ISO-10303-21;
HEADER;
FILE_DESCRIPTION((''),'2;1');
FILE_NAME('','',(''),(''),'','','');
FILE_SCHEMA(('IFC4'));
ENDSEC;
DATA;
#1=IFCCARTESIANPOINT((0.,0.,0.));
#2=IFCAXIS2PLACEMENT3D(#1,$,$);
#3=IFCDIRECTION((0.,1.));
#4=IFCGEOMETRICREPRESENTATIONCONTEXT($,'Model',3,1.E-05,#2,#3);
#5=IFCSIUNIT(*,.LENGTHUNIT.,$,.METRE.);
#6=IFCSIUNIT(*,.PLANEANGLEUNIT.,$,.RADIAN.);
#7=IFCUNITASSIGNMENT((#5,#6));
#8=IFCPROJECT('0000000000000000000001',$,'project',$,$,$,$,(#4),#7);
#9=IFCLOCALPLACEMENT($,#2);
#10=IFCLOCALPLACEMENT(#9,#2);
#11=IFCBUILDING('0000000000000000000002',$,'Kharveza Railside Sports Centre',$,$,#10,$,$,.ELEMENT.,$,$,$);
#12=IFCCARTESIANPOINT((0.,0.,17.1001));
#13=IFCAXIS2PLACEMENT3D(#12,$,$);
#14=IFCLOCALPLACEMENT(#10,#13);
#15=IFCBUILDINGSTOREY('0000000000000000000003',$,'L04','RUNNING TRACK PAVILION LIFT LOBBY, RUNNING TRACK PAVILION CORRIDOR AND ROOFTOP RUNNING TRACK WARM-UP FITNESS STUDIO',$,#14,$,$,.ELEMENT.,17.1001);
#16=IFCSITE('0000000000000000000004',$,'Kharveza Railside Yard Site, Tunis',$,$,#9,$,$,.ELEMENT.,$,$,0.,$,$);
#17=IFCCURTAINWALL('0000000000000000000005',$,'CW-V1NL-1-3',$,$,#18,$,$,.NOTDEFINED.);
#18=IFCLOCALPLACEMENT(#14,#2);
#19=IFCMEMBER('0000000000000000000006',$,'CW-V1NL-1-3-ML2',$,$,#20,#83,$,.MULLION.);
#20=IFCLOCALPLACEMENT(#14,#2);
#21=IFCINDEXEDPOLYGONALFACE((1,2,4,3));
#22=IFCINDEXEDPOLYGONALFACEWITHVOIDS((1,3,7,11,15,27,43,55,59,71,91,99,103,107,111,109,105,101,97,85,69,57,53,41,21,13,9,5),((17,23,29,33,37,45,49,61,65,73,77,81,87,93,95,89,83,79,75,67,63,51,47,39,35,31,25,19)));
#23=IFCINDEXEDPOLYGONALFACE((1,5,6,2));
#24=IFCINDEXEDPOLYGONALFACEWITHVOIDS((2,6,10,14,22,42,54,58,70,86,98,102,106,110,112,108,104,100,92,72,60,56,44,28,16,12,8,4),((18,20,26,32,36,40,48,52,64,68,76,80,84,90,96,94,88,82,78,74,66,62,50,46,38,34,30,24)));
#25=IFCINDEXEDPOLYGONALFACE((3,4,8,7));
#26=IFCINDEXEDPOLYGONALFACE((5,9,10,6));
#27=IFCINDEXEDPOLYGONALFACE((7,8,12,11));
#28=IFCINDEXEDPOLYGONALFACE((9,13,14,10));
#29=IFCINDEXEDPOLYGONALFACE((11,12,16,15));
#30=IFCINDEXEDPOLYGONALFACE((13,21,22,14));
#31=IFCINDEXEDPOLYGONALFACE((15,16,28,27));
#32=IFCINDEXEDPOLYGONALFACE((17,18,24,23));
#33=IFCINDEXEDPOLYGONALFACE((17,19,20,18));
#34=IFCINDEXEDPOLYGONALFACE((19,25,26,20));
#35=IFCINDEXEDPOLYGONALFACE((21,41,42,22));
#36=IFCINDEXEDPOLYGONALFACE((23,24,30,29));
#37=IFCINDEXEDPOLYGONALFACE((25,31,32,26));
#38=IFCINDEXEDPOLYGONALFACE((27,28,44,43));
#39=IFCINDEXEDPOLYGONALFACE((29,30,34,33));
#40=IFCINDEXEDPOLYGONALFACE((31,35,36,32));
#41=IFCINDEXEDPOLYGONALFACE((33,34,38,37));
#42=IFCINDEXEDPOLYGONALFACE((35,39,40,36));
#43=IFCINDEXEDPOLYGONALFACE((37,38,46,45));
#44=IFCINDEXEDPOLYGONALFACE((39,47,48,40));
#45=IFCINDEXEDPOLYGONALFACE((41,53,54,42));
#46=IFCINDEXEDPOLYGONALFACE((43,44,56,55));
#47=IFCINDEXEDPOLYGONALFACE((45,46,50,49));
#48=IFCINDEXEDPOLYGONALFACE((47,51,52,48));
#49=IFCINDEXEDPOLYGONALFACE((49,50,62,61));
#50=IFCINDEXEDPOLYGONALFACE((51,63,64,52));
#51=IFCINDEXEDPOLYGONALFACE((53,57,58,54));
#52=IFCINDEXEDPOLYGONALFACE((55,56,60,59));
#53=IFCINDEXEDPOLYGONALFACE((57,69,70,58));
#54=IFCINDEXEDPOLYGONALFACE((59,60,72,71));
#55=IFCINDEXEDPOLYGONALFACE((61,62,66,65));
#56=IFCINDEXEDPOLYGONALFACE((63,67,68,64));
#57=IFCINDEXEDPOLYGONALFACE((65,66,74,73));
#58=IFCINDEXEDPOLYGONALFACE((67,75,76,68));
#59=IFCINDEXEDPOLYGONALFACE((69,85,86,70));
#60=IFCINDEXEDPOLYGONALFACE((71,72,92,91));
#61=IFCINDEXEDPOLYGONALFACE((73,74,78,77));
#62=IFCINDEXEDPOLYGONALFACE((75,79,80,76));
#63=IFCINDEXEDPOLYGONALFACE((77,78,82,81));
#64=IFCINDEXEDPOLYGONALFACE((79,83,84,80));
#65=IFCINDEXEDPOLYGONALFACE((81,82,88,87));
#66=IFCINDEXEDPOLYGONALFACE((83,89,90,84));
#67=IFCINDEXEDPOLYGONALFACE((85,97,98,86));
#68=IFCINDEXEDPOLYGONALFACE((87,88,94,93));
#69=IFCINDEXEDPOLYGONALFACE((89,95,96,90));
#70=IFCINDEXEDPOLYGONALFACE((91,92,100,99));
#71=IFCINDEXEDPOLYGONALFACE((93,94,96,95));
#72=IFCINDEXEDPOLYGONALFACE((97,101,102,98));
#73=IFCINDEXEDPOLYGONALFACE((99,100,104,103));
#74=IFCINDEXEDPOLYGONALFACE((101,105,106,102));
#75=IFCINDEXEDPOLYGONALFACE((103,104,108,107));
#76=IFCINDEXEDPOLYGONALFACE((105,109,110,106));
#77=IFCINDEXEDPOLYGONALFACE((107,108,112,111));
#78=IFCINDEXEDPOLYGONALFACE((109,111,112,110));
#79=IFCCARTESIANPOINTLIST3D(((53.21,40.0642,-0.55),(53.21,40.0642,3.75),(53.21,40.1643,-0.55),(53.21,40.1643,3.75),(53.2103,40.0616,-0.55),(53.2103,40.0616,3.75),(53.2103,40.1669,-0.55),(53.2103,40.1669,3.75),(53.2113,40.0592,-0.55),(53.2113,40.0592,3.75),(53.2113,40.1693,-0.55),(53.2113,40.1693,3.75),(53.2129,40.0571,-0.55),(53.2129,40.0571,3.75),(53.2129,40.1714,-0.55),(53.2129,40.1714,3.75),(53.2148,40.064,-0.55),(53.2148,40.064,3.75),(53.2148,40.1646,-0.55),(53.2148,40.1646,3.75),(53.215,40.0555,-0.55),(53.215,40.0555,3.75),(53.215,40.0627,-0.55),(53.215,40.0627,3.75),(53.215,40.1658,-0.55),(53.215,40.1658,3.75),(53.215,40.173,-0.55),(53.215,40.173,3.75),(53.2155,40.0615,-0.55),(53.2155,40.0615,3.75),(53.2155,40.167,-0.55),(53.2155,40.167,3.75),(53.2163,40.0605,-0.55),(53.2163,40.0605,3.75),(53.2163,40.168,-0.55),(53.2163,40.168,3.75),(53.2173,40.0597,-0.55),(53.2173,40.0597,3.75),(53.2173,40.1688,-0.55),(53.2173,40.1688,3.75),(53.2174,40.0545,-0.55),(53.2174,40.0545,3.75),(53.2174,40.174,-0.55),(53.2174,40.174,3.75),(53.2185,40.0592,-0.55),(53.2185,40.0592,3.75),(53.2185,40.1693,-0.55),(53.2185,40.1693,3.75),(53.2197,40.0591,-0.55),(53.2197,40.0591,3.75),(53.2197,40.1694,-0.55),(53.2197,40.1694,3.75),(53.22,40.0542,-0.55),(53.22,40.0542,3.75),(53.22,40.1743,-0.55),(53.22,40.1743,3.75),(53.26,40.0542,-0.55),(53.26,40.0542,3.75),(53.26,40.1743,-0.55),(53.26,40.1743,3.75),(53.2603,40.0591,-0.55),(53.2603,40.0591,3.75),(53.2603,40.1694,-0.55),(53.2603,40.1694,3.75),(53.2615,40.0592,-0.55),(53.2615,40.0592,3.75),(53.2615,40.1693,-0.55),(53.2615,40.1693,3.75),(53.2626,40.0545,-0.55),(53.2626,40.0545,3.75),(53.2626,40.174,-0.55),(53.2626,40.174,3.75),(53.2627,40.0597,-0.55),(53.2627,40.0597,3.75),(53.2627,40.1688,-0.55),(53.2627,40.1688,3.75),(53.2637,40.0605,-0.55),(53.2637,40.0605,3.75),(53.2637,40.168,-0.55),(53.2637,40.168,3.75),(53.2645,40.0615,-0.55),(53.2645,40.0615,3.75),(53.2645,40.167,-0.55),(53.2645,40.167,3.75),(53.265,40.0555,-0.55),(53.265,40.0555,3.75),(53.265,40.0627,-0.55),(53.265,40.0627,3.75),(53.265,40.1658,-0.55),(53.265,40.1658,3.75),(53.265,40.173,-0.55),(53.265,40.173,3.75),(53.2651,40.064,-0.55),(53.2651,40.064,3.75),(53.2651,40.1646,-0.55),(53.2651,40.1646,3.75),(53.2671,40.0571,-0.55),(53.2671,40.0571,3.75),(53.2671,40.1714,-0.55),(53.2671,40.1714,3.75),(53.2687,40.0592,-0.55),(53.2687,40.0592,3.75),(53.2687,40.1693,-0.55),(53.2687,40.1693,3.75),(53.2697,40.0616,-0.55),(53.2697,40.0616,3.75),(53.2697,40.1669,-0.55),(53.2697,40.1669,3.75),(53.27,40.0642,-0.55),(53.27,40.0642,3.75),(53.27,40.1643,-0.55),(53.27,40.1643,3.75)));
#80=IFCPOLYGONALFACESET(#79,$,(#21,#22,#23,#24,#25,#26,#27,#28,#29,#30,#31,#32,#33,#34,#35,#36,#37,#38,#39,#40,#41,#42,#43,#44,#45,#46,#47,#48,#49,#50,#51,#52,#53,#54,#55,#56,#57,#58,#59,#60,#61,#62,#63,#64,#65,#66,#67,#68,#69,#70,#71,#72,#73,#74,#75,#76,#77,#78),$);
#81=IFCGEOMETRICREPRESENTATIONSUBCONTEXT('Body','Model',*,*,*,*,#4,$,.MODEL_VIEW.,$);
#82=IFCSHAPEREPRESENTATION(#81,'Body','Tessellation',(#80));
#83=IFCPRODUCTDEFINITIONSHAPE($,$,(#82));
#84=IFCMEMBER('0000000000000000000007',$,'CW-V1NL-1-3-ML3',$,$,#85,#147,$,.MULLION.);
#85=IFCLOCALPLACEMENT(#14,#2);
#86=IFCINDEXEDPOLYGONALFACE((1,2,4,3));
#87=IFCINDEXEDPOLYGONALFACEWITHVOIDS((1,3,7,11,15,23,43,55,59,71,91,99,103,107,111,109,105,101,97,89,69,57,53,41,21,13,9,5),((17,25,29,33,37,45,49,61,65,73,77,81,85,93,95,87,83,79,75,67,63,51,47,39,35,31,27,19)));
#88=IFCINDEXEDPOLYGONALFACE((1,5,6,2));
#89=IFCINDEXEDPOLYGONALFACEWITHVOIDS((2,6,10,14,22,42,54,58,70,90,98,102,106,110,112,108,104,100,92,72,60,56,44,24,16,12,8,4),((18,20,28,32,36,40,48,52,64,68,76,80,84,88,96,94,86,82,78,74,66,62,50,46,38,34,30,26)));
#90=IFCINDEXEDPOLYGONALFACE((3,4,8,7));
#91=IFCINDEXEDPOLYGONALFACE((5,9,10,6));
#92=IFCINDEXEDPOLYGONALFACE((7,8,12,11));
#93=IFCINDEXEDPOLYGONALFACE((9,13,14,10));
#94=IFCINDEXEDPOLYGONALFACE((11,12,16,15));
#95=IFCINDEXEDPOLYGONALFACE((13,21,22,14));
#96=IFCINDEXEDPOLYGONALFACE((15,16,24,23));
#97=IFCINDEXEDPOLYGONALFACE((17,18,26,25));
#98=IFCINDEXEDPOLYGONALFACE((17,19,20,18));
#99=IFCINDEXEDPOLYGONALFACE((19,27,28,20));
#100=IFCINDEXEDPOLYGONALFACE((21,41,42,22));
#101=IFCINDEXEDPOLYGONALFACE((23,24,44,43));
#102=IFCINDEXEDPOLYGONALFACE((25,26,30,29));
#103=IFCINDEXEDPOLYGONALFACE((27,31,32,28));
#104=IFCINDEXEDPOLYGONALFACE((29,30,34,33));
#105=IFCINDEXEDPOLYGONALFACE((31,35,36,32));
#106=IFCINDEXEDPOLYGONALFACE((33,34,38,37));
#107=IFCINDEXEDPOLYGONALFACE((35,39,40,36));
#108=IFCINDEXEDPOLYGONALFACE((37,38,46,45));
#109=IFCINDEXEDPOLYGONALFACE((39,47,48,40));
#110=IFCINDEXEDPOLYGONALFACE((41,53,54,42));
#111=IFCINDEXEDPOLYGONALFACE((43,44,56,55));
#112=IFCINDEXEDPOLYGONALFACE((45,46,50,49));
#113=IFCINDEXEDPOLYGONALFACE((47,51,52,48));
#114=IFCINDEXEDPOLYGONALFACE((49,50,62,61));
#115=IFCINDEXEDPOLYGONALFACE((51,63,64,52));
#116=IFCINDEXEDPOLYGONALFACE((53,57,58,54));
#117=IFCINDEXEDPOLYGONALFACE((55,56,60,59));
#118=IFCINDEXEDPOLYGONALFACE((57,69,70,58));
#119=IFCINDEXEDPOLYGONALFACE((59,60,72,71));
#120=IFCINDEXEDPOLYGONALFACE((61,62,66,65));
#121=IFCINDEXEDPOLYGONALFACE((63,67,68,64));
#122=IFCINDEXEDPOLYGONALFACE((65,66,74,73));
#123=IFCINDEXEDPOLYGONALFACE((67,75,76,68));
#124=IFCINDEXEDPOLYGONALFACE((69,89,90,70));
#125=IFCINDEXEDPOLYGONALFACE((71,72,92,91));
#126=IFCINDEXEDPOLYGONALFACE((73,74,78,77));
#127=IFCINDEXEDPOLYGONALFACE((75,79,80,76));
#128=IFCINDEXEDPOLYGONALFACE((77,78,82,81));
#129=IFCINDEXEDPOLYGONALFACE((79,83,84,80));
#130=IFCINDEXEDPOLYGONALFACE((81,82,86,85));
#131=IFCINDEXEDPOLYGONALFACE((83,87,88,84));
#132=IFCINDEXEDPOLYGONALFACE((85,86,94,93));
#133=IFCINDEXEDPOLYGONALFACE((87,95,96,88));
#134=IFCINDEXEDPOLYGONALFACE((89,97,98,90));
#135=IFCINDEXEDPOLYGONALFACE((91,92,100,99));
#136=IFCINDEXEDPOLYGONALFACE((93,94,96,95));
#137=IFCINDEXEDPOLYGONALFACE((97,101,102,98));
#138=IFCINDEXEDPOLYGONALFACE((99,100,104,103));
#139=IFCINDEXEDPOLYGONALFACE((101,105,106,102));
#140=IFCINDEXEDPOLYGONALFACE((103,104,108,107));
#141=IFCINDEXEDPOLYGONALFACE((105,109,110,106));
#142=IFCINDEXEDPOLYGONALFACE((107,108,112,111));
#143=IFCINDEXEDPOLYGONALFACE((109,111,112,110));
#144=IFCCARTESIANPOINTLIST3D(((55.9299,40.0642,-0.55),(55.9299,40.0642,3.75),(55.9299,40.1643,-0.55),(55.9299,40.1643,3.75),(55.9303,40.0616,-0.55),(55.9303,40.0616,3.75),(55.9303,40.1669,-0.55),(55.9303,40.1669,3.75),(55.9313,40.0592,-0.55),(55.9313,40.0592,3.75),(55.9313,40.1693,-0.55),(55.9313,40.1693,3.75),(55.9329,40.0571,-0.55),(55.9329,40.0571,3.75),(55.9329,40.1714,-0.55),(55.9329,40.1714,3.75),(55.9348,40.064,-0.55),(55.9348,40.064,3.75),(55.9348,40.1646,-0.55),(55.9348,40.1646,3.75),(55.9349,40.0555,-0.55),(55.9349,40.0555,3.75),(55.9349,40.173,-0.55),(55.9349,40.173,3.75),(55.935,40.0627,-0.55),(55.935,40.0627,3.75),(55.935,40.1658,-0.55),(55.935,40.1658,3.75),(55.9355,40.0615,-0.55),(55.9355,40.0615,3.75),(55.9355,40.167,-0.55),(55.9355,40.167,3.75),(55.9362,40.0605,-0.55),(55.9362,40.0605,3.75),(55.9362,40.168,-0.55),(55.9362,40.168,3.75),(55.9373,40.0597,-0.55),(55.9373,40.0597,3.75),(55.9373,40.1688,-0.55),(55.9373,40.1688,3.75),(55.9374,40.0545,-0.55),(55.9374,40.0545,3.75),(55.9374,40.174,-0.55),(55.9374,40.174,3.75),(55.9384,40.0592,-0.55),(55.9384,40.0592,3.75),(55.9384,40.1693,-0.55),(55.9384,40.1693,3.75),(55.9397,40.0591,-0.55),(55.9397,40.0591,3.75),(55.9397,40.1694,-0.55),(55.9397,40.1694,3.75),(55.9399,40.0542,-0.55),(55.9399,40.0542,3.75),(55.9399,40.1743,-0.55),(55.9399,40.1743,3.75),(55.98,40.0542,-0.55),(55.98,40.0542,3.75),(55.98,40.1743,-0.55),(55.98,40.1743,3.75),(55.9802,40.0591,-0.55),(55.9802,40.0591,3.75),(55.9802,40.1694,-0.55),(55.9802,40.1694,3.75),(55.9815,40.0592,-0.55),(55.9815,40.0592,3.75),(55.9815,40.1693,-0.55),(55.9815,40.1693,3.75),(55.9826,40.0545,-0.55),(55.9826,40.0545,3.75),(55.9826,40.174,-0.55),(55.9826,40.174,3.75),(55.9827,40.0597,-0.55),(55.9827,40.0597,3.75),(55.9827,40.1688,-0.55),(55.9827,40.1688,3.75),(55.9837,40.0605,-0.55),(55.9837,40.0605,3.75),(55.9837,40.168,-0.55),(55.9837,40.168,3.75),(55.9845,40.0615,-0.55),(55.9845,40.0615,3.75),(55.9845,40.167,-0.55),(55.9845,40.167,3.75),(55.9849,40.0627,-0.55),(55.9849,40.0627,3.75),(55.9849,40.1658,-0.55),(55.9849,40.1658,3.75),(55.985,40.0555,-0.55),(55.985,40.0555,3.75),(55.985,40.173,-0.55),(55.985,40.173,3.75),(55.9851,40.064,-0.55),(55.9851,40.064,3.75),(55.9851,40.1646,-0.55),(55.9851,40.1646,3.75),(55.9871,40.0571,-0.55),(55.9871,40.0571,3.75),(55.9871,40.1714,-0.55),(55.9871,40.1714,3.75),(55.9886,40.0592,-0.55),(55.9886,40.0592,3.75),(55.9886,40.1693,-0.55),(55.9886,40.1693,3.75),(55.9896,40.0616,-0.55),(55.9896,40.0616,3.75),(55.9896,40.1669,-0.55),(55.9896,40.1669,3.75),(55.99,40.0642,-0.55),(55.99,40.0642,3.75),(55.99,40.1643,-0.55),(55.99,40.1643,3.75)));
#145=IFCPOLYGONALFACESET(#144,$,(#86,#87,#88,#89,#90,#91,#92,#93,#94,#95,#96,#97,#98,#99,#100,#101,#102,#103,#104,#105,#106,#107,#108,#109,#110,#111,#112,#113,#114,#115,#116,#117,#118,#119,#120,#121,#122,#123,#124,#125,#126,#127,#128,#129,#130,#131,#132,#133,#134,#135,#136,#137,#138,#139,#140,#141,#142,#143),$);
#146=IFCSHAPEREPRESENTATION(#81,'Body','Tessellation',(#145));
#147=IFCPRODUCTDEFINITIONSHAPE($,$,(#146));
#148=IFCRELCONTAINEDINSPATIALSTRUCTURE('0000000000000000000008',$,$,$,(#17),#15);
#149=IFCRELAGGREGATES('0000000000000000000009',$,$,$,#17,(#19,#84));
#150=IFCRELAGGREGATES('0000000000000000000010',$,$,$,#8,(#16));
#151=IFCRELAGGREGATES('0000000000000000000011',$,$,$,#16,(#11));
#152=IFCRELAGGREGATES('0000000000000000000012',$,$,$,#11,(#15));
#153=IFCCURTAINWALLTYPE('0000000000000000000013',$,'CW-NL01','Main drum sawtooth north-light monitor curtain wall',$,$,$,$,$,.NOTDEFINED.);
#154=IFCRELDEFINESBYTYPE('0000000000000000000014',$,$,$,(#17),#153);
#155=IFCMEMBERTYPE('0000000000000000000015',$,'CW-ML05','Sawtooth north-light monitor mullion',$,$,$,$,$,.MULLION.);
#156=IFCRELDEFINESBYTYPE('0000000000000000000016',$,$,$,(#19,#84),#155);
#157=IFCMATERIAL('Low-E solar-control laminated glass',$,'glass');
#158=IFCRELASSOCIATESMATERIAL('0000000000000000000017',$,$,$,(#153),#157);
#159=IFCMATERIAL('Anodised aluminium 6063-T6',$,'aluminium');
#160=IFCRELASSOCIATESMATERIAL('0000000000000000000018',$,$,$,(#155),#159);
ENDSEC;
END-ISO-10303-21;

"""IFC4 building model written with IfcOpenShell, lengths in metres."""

from ifc_helpers import new_model, si_unit, direction, frame, origin, origin_2d, place, context, subcontext, project, spatial, hollow_rectangle, extrude, material, material_profile, profile_set, type_object, element, aggregate, save


model = new_model("IFC4")

# Units and contexts
model_context = context("Model", 3, precision=1e-05, world=origin(), true_north=direction((0.0, 1.0)))
body_context = subcontext(model_context, "Body", "Model", "MODEL_VIEW")
ifc_project = project(units=[si_unit("LENGTHUNIT", "METRE"), si_unit("PLANEANGLEUNIT", "RADIAN")], contexts=[model_context])

# Site, building, storey
site_placement = place(None, origin())
site = spatial("IfcSite", under=ifc_project, at=site_placement, Name="Kharveza Railside Yard Site, Tunis", CompositionType="ELEMENT", RefElevation=0.0)
building_placement = place(site_placement, origin())
building = spatial("IfcBuilding", under=site, at=building_placement, Name="Kharveza Railside Sports Centre", CompositionType="ELEMENT")
storey_placement = place(building_placement, frame((0.0, 0.0, 17.1001)))
storey = spatial("IfcBuildingStorey", under=building, at=storey_placement, Name="L04", Description="RUNNING TRACK PAVILION LIFT LOBBY, RUNNING TRACK PAVILION CORRIDOR AND ROOFTOP RUNNING TRACK WARM-UP FITNESS STUDIO", CompositionType="ELEMENT", Elevation=17.1001)

# Curtain wall, members
ifc_material_1 = material(Name="Low-E solar-control laminated glass", Category="glass")
curtain_wall_type = type_object("IfcCurtainWallType", Name="CW-NL01", Description="Main drum sawtooth north-light monitor curtain wall", PredefinedType="NOTDEFINED", material=ifc_material_1)
ifc_material_2 = material(Name="Anodised aluminium 6063-T6", Category="aluminium")
ifc_material_profile_1 = material_profile(ifc_material_2, hollow_rectangle(XDim=0.0601, YDim=0.1201, WallThickness=0.0049, InnerFilletRadius=0.0049, OuterFilletRadius=0.01, at=origin_2d()), Name="RHS 60x120x5.0")
ifc_profile_set_1 = profile_set([ifc_material_profile_1], Name="Anodised aluminium 6063-T6")
member_type_1 = type_object("IfcMemberType", Name="CW-ML05", Description="Sawtooth north-light monitor mullion", PredefinedType="MULLION", material=ifc_profile_set_1)
curtain_wall_1_placement = place(storey_placement, origin())
curtain_wall_1 = element("IfcCurtainWall", 1, at=curtain_wall_1_placement, inside=storey, type_object=curtain_wall_type, Name="CW-V1NL-1-3", PredefinedType="NOTDEFINED")
member_1_placement = place(storey_placement, frame((53.24, 40.1143, -0.55), z_axis=(0.0, 0.0, 1.0), x_axis=(1.0, 0.0, 0.0)))
member_1 = element("IfcMember", 2, at=member_1_placement, type_object=member_type_1, Name="CW-V1NL-1-3-ML2", PredefinedType="MULLION", context=body_context, shape_type="SweptSolid", body=[
    extrude(hollow_rectangle(XDim=0.0601, YDim=0.1201, WallThickness=0.0049, InnerFilletRadius=0.0049, OuterFilletRadius=0.01, at=origin_2d()), origin(), (0.0, 0.0, 1.0), 4.3),
])
member_2_placement = place(storey_placement, frame((55.96, 40.1143, -0.55), z_axis=(0.0, 0.0, 1.0), x_axis=(1.0, 0.0, 0.0)))
member_2 = element("IfcMember", 3, at=member_2_placement, type_object=member_type_1, Name="CW-V1NL-1-3-ML3", PredefinedType="MULLION", context=body_context, shape_type="SweptSolid", body=[
    extrude(hollow_rectangle(XDim=0.0601, YDim=0.1201, WallThickness=0.0049, InnerFilletRadius=0.0049, OuterFilletRadius=0.01, at=origin_2d()), origin(), (0.0, 0.0, 1.0), 4.3),
])

aggregate(curtain_wall_1, [member_1, member_2])

save(model, "model.ifc")
